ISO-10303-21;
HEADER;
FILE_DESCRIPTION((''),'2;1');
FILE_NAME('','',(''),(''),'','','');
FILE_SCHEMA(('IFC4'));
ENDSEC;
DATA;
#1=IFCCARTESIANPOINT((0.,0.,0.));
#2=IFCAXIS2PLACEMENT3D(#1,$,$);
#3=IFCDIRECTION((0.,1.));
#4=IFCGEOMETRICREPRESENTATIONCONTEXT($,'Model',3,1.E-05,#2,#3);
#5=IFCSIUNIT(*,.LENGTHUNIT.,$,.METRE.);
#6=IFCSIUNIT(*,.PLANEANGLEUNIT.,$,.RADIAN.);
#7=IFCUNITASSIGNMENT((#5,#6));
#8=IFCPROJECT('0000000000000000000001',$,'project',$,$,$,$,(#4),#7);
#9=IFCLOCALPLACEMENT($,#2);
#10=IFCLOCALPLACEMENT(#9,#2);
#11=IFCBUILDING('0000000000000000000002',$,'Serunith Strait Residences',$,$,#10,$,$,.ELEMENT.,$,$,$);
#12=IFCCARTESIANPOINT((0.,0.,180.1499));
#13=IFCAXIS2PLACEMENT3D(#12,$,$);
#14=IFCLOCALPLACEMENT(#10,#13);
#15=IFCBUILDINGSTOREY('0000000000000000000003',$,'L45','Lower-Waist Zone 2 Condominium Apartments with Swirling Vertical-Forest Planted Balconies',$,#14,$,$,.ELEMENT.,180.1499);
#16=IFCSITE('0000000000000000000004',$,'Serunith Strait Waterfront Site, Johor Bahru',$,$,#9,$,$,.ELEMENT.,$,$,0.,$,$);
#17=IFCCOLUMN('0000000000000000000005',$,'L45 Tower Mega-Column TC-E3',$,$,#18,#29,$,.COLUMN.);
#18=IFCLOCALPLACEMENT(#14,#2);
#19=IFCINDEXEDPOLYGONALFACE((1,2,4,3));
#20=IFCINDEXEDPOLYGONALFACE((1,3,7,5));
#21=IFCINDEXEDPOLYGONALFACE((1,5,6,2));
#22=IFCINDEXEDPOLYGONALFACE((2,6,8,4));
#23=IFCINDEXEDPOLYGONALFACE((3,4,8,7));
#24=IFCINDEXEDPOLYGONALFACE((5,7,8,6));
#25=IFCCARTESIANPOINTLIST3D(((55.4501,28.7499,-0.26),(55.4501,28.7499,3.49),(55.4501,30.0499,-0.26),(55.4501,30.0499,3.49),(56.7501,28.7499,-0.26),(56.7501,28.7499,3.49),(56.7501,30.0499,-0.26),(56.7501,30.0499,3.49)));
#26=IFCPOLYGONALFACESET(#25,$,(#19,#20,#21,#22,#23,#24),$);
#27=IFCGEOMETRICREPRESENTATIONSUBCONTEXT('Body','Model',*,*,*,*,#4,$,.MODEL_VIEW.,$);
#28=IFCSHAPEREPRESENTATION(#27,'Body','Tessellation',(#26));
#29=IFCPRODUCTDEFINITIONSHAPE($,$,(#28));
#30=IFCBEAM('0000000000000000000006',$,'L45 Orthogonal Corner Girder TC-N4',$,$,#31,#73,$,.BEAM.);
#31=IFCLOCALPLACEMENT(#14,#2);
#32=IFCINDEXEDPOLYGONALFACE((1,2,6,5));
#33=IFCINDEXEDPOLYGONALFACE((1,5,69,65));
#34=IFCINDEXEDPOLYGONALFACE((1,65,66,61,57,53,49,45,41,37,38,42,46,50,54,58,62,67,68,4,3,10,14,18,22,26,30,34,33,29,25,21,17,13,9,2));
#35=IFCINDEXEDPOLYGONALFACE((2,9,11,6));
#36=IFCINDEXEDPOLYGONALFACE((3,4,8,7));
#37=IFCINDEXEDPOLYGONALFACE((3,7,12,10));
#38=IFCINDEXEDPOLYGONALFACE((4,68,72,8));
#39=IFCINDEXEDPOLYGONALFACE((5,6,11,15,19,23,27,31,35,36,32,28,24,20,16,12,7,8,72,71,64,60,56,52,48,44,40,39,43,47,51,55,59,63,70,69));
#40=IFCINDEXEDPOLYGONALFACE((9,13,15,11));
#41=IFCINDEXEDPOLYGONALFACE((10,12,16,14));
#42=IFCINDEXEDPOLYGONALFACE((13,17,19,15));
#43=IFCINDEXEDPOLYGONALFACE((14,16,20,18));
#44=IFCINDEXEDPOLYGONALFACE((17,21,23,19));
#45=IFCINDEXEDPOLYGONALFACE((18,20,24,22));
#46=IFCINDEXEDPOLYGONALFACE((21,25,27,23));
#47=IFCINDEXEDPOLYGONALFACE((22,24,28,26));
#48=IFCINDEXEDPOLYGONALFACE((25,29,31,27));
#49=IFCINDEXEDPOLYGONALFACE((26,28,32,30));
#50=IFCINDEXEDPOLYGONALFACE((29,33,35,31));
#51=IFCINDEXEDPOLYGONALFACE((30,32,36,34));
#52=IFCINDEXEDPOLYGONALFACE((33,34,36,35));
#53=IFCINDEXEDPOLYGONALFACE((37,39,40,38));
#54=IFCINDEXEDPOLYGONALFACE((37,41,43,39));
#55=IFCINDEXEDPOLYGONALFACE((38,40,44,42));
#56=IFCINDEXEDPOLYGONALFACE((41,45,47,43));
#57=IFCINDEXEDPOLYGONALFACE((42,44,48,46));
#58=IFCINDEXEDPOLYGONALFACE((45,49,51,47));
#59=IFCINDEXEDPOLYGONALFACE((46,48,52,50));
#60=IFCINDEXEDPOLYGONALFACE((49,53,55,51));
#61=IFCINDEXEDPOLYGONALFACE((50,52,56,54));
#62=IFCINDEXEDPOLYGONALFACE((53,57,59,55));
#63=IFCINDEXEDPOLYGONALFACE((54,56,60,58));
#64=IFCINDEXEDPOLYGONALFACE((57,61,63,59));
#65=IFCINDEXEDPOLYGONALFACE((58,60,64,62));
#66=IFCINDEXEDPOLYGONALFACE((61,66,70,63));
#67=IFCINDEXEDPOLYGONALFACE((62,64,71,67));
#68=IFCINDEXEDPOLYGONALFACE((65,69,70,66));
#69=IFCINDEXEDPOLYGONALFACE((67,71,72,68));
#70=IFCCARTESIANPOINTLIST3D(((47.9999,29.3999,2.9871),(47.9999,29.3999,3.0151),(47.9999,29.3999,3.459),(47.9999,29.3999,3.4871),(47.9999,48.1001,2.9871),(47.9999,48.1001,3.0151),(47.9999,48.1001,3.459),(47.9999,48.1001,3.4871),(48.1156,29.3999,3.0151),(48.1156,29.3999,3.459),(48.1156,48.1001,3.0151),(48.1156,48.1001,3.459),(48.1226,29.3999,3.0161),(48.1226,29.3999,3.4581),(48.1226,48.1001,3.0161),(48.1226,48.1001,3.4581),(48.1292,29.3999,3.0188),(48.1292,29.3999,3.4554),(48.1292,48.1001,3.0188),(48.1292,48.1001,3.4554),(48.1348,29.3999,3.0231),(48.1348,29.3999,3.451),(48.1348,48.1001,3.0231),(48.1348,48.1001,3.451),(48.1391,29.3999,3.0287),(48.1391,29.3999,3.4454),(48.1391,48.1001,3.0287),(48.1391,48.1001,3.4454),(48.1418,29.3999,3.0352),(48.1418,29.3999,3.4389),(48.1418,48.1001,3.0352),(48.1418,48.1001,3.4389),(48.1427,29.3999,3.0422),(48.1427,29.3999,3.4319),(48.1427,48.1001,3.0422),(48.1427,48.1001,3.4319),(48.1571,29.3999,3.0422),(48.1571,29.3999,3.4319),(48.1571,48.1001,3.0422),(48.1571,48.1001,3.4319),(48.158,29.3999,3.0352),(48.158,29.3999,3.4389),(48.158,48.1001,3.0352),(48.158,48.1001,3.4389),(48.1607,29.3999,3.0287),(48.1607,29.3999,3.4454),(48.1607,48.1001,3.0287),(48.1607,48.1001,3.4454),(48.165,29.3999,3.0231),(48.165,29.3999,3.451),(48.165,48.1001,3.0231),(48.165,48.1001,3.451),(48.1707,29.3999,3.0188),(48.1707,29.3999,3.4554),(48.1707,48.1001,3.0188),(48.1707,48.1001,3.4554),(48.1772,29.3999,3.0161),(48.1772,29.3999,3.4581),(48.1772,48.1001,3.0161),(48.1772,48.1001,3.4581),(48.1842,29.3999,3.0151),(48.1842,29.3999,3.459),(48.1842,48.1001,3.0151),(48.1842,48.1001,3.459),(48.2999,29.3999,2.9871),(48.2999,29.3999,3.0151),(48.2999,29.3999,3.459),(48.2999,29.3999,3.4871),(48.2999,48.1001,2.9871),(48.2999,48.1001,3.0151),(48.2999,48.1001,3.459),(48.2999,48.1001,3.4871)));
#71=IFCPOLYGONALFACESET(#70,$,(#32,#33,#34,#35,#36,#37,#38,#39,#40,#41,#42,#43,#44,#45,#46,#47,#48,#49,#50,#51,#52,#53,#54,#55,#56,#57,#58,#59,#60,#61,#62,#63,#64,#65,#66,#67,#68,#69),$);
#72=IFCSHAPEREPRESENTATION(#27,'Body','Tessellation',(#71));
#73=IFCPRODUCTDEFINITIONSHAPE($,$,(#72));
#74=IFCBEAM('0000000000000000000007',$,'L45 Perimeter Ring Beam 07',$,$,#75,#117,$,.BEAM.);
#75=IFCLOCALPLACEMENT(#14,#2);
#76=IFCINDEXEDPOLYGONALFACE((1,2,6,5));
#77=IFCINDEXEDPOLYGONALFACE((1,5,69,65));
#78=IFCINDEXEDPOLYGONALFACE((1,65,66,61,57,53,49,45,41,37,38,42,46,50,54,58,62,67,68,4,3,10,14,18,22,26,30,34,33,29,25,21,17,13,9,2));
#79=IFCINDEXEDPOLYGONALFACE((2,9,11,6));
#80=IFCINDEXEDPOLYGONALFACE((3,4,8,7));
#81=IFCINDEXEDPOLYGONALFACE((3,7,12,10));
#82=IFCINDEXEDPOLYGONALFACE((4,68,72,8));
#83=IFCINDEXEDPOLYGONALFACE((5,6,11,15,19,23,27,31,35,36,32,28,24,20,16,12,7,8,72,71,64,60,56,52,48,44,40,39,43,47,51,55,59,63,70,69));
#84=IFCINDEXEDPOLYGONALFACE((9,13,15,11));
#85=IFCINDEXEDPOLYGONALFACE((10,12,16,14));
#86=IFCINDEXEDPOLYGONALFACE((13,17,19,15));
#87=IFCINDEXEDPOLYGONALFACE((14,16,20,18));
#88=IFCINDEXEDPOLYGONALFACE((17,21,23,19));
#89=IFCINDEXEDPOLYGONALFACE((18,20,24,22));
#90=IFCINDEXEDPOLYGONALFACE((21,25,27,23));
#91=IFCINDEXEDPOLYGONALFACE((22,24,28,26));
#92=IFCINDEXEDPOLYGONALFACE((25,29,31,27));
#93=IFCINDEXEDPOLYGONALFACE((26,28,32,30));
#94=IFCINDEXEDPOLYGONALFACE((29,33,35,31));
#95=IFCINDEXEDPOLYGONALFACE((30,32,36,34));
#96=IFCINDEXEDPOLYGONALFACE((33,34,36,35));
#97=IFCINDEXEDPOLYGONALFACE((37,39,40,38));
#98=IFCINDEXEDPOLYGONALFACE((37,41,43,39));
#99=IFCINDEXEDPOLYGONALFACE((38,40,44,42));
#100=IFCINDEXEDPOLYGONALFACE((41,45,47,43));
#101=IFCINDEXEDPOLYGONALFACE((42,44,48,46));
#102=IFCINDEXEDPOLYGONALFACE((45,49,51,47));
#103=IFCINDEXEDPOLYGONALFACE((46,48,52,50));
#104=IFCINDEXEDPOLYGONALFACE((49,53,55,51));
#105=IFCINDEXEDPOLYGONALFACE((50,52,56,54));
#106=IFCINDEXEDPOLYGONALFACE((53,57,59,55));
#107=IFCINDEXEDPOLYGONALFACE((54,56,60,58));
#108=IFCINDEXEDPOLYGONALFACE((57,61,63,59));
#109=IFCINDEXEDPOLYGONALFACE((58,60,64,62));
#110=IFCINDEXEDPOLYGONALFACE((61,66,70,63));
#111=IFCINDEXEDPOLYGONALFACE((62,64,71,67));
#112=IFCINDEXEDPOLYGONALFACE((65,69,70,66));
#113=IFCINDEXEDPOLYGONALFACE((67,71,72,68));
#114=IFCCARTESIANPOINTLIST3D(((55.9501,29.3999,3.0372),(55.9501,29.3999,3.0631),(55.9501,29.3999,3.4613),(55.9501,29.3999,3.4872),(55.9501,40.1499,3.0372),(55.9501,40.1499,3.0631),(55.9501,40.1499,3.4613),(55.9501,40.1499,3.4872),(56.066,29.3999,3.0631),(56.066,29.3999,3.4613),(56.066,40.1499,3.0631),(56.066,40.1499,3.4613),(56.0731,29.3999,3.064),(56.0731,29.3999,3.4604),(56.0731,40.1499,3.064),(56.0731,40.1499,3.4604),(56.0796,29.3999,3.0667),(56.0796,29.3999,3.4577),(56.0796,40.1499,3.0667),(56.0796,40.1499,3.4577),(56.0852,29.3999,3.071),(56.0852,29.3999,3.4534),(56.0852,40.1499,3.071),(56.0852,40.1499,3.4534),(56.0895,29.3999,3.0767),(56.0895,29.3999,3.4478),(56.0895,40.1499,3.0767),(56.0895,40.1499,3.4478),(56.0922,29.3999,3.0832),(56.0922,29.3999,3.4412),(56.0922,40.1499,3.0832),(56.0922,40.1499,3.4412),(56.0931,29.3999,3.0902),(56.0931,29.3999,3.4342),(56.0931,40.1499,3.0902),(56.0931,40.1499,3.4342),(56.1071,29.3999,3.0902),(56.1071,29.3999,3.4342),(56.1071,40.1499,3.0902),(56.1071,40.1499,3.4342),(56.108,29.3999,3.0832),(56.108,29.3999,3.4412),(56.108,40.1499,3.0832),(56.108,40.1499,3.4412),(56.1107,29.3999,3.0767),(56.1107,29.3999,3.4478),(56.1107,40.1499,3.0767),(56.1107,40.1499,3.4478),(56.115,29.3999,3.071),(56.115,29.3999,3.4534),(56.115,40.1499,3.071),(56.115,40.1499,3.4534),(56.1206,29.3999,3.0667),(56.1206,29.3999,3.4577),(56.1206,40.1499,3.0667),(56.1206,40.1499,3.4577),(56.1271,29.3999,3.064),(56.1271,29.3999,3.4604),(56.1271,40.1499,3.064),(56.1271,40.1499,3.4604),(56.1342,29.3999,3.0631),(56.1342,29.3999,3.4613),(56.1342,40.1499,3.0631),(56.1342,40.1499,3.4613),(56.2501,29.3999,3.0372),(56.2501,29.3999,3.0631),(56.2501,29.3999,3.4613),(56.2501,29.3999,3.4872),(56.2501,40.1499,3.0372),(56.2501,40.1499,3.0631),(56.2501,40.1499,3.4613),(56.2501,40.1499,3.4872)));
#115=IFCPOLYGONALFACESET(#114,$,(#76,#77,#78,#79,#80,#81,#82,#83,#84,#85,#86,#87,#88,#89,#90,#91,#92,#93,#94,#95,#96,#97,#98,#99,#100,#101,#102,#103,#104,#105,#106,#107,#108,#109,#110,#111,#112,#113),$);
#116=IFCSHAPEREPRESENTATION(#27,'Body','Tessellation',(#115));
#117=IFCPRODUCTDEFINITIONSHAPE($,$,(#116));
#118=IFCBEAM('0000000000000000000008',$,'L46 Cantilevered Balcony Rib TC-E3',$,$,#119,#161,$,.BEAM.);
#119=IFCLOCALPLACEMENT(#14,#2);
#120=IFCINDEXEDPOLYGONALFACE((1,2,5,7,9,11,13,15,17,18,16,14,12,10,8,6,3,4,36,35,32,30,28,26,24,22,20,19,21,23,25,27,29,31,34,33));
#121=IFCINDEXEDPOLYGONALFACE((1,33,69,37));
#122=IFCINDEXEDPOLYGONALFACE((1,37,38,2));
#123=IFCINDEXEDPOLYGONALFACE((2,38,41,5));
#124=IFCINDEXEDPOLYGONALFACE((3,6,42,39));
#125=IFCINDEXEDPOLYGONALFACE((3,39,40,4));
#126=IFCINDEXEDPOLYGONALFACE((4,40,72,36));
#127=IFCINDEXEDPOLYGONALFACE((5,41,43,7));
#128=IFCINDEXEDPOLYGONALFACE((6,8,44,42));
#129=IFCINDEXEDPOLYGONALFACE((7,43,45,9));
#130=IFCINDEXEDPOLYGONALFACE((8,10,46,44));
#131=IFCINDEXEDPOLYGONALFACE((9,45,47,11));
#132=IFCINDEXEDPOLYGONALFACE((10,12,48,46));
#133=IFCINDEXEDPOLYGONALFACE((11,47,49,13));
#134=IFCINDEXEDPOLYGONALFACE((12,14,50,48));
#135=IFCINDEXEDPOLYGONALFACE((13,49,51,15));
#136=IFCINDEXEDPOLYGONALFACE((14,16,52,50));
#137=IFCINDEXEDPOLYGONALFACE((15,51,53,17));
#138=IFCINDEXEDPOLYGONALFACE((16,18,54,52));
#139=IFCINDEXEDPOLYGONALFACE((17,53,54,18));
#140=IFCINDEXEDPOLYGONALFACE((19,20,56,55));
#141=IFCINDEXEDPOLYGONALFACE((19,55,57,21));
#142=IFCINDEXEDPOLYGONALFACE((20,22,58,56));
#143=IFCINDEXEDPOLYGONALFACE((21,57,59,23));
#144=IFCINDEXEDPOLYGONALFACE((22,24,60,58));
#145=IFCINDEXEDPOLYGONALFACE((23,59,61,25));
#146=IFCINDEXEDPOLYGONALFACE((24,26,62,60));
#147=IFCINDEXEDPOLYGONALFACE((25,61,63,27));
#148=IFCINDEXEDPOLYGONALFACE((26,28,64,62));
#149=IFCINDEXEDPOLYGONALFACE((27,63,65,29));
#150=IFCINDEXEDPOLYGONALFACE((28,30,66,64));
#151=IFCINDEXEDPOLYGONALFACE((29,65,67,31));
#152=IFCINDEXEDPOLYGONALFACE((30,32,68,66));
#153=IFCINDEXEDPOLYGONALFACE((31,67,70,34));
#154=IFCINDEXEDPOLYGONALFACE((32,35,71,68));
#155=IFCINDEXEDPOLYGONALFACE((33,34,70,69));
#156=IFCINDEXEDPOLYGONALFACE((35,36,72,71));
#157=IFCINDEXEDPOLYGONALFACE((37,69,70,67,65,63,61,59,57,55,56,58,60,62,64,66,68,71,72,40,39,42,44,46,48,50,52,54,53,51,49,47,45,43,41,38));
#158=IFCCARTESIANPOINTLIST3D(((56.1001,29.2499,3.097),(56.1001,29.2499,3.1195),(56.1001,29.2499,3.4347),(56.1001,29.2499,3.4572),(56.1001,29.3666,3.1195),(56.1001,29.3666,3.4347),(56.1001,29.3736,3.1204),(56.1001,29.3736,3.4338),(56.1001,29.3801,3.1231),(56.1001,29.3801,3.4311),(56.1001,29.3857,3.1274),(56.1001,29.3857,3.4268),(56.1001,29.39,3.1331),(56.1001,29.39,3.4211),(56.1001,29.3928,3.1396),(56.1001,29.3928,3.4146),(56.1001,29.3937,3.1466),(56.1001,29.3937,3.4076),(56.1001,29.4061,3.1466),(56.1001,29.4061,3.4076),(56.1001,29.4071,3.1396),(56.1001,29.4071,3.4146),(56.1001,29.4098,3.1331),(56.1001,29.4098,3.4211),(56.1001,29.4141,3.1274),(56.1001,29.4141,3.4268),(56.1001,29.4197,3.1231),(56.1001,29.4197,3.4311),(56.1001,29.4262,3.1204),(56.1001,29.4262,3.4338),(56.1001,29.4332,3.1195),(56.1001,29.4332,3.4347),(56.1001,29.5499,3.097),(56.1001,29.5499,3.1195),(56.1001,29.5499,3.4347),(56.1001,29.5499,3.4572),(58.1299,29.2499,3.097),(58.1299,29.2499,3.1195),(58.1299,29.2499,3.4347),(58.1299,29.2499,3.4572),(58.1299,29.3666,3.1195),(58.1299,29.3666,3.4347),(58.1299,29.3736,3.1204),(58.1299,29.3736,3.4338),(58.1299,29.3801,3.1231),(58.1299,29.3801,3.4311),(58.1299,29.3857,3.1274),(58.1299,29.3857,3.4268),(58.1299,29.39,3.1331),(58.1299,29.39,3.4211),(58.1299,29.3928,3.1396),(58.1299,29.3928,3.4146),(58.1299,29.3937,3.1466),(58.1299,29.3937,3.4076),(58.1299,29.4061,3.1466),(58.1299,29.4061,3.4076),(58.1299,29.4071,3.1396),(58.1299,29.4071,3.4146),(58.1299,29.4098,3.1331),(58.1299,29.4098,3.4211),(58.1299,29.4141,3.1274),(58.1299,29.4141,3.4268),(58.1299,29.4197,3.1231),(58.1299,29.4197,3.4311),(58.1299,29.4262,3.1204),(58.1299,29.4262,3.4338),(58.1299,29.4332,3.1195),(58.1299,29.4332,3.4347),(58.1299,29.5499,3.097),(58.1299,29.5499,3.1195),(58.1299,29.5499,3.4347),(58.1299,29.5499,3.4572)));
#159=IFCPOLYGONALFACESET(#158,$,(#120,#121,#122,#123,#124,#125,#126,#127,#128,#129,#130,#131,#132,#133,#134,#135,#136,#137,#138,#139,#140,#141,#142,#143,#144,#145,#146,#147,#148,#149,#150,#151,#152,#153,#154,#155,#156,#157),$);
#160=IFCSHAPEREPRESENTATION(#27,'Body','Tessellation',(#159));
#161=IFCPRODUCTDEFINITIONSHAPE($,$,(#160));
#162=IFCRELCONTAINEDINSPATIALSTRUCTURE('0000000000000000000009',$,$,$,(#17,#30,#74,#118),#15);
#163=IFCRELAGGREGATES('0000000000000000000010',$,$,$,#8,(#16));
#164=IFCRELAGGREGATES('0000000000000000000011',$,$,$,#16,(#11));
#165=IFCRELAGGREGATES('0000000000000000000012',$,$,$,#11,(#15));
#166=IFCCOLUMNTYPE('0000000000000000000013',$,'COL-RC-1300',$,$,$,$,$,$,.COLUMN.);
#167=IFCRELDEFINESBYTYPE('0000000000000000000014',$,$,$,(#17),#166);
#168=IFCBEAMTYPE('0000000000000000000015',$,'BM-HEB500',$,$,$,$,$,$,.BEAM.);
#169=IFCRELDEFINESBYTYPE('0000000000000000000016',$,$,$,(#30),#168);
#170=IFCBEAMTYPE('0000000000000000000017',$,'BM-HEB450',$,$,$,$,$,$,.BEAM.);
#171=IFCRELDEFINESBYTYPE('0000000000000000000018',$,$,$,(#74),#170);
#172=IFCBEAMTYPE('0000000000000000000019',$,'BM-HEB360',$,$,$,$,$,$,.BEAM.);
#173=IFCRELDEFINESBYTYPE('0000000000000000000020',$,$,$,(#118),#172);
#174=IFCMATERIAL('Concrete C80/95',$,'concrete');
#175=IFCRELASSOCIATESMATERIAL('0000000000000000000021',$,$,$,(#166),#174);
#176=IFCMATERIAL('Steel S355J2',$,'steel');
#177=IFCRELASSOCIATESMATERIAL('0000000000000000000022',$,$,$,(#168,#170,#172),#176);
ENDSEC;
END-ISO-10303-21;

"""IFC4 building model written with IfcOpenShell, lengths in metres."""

from ifc_helpers import new_model, si_unit, direction, frame, origin, origin_2d, place, context, subcontext, project, spatial, rectangle, i_section, extrude, source, transform, mapped, material, material_profile, profile_set, type_object, element, save


model = new_model("IFC4")

# Units and contexts
model_context = context("Model", 3, precision=1e-05, world=origin(), true_north=direction((0.0, 1.0)))
body_context = subcontext(model_context, "Body", "Model", "MODEL_VIEW")
ifc_project = project(units=[si_unit("LENGTHUNIT", "METRE"), si_unit("PLANEANGLEUNIT", "RADIAN")], contexts=[model_context])

# Site, building, storey
site_placement = place(None, origin())
site = spatial("IfcSite", under=ifc_project, at=site_placement, Name="Serunith Strait Waterfront Site, Johor Bahru", CompositionType="ELEMENT", RefElevation=0.0)
building_placement = place(site_placement, origin())
building = spatial("IfcBuilding", under=site, at=building_placement, Name="Serunith Strait Residences", CompositionType="ELEMENT")
storey_placement = place(building_placement, frame((0.0, 0.0, 180.1499)))
storey = spatial("IfcBuildingStorey", under=building, at=storey_placement, Name="L45", Description="Lower-Waist Zone 2 Condominium Apartments with Swirling Vertical-Forest Planted Balconies", CompositionType="ELEMENT", Elevation=180.1499)

# Column
ifc_material_1 = material(Name="Concrete C80/95", Category="concrete")
ifc_material_profile_1 = material_profile(ifc_material_1, rectangle(XDim=1.3, YDim=1.3, at=origin_2d()), Name="RC 1300x1300")
ifc_profile_set_1 = profile_set([ifc_material_profile_1], Name="Concrete C80/95")
column_type = type_object("IfcColumnType", Name="COL-RC-1300", PredefinedType="COLUMN", material=ifc_profile_set_1)
shared_shape_1 = source(origin(), body_context, "Body", "SweptSolid", [
    extrude(rectangle(XDim=1.3, YDim=1.3, at=origin_2d()), origin(), (0.0, 0.0, 1.0), 3.75),
])
column_placement = place(storey_placement, frame((56.1001, 29.3999, -0.26), z_axis=(0.0, 0.0, 1.0), x_axis=(1.0, 0.0, 0.0)))
element("IfcColumn", 1, at=column_placement, inside=storey, type_object=column_type, Name="L45 Tower Mega-Column TC-E3", PredefinedType="COLUMN", context=body_context, shape_type="MappedRepresentation", body=[
    mapped(shared_shape_1, transform((0.0, 0.0, 0.0), scale=1.0)),
])

# Beams
ifc_material_2 = material(Name="Steel S355J2", Category="steel")
ifc_material_profile_2 = material_profile(ifc_material_2, i_section(OverallWidth=0.3, OverallDepth=0.5, WebThickness=0.0144, FlangeThickness=0.0281, FilletRadius=0.0271, at=origin_2d()), Name="HEB 500")
ifc_profile_set_2 = profile_set([ifc_material_profile_2], Name="Steel S355J2")
beam_type_1 = type_object("IfcBeamType", Name="BM-HEB500", PredefinedType="BEAM", material=ifc_profile_set_2)
shared_shape_2 = source(origin(), body_context, "Body", "SweptSolid", [
    extrude(i_section(OverallWidth=0.3, OverallDepth=0.5, WebThickness=0.0144, FlangeThickness=0.0281, FilletRadius=0.0271, at=origin_2d()), origin(), (0.0, 0.0, 1.0), 18.7002),
])
beam_1_placement = place(storey_placement, frame((48.1499, 29.3999, 3.2371), z_axis=(0.0, 1.0, 0.0), x_axis=(-1.0, 0.0, 0.0)))
element("IfcBeam", 2, at=beam_1_placement, inside=storey, type_object=beam_type_1, Name="L45 Orthogonal Corner Girder TC-N4", PredefinedType="BEAM", context=body_context, shape_type="MappedRepresentation", body=[
    mapped(shared_shape_2, transform((0.0, 0.0, 0.0), scale=1.0)),
])
ifc_material_profile_3 = material_profile(ifc_material_2, i_section(OverallWidth=0.3, OverallDepth=0.45, WebThickness=0.0139, FlangeThickness=0.0259, FilletRadius=0.0271, at=origin_2d()), Name="HEB 450")
ifc_profile_set_3 = profile_set([ifc_material_profile_3], Name="Steel S355J2")
beam_type_2 = type_object("IfcBeamType", Name="BM-HEB450", PredefinedType="BEAM", material=ifc_profile_set_3)
shared_shape_3 = source(origin(), body_context, "Body", "SweptSolid", [
    extrude(i_section(OverallWidth=0.3, OverallDepth=0.45, WebThickness=0.0139, FlangeThickness=0.0259, FilletRadius=0.0271, at=origin_2d()), origin(), (0.0, 0.0, 1.0), 10.75),
])
beam_2_placement = place(storey_placement, frame((56.1001, 29.3999, 3.2622), z_axis=(0.0, 1.0, 0.0), x_axis=(-1.0, 0.0, 0.0)))
element("IfcBeam", 3, at=beam_2_placement, inside=storey, type_object=beam_type_2, Name="L45 Perimeter Ring Beam 07", PredefinedType="BEAM", context=body_context, shape_type="MappedRepresentation", body=[
    mapped(shared_shape_3, transform((0.0, 0.0, 0.0), scale=1.0)),
])
ifc_material_profile_4 = material_profile(ifc_material_2, i_section(OverallWidth=0.3, OverallDepth=0.3601, WebThickness=0.0125, FlangeThickness=0.0225, FilletRadius=0.0271, at=origin_2d()), Name="HEB 360")
ifc_profile_set_4 = profile_set([ifc_material_profile_4], Name="Steel S355J2")
beam_type_3 = type_object("IfcBeamType", Name="BM-HEB360", PredefinedType="BEAM", material=ifc_profile_set_4)
shared_shape_4 = source(origin(), body_context, "Body", "SweptSolid", [
    extrude(i_section(OverallWidth=0.3, OverallDepth=0.3601, WebThickness=0.0125, FlangeThickness=0.0225, FilletRadius=0.0271, at=origin_2d()), origin(), (0.0, 0.0, 1.0), 2.0298),
])
beam_3_placement = place(storey_placement, frame((56.1001, 29.3999, 3.2771), z_axis=(1.0, 0.0, 0.0), x_axis=(0.0, 1.0, 0.0)))
element("IfcBeam", 4, at=beam_3_placement, inside=storey, type_object=beam_type_3, Name="L46 Cantilevered Balcony Rib TC-E3", PredefinedType="BEAM", context=body_context, shape_type="MappedRepresentation", body=[
    mapped(shared_shape_4, transform((0.0, 0.0, 0.0), scale=1.0)),
])

save(model, "model.ifc")
